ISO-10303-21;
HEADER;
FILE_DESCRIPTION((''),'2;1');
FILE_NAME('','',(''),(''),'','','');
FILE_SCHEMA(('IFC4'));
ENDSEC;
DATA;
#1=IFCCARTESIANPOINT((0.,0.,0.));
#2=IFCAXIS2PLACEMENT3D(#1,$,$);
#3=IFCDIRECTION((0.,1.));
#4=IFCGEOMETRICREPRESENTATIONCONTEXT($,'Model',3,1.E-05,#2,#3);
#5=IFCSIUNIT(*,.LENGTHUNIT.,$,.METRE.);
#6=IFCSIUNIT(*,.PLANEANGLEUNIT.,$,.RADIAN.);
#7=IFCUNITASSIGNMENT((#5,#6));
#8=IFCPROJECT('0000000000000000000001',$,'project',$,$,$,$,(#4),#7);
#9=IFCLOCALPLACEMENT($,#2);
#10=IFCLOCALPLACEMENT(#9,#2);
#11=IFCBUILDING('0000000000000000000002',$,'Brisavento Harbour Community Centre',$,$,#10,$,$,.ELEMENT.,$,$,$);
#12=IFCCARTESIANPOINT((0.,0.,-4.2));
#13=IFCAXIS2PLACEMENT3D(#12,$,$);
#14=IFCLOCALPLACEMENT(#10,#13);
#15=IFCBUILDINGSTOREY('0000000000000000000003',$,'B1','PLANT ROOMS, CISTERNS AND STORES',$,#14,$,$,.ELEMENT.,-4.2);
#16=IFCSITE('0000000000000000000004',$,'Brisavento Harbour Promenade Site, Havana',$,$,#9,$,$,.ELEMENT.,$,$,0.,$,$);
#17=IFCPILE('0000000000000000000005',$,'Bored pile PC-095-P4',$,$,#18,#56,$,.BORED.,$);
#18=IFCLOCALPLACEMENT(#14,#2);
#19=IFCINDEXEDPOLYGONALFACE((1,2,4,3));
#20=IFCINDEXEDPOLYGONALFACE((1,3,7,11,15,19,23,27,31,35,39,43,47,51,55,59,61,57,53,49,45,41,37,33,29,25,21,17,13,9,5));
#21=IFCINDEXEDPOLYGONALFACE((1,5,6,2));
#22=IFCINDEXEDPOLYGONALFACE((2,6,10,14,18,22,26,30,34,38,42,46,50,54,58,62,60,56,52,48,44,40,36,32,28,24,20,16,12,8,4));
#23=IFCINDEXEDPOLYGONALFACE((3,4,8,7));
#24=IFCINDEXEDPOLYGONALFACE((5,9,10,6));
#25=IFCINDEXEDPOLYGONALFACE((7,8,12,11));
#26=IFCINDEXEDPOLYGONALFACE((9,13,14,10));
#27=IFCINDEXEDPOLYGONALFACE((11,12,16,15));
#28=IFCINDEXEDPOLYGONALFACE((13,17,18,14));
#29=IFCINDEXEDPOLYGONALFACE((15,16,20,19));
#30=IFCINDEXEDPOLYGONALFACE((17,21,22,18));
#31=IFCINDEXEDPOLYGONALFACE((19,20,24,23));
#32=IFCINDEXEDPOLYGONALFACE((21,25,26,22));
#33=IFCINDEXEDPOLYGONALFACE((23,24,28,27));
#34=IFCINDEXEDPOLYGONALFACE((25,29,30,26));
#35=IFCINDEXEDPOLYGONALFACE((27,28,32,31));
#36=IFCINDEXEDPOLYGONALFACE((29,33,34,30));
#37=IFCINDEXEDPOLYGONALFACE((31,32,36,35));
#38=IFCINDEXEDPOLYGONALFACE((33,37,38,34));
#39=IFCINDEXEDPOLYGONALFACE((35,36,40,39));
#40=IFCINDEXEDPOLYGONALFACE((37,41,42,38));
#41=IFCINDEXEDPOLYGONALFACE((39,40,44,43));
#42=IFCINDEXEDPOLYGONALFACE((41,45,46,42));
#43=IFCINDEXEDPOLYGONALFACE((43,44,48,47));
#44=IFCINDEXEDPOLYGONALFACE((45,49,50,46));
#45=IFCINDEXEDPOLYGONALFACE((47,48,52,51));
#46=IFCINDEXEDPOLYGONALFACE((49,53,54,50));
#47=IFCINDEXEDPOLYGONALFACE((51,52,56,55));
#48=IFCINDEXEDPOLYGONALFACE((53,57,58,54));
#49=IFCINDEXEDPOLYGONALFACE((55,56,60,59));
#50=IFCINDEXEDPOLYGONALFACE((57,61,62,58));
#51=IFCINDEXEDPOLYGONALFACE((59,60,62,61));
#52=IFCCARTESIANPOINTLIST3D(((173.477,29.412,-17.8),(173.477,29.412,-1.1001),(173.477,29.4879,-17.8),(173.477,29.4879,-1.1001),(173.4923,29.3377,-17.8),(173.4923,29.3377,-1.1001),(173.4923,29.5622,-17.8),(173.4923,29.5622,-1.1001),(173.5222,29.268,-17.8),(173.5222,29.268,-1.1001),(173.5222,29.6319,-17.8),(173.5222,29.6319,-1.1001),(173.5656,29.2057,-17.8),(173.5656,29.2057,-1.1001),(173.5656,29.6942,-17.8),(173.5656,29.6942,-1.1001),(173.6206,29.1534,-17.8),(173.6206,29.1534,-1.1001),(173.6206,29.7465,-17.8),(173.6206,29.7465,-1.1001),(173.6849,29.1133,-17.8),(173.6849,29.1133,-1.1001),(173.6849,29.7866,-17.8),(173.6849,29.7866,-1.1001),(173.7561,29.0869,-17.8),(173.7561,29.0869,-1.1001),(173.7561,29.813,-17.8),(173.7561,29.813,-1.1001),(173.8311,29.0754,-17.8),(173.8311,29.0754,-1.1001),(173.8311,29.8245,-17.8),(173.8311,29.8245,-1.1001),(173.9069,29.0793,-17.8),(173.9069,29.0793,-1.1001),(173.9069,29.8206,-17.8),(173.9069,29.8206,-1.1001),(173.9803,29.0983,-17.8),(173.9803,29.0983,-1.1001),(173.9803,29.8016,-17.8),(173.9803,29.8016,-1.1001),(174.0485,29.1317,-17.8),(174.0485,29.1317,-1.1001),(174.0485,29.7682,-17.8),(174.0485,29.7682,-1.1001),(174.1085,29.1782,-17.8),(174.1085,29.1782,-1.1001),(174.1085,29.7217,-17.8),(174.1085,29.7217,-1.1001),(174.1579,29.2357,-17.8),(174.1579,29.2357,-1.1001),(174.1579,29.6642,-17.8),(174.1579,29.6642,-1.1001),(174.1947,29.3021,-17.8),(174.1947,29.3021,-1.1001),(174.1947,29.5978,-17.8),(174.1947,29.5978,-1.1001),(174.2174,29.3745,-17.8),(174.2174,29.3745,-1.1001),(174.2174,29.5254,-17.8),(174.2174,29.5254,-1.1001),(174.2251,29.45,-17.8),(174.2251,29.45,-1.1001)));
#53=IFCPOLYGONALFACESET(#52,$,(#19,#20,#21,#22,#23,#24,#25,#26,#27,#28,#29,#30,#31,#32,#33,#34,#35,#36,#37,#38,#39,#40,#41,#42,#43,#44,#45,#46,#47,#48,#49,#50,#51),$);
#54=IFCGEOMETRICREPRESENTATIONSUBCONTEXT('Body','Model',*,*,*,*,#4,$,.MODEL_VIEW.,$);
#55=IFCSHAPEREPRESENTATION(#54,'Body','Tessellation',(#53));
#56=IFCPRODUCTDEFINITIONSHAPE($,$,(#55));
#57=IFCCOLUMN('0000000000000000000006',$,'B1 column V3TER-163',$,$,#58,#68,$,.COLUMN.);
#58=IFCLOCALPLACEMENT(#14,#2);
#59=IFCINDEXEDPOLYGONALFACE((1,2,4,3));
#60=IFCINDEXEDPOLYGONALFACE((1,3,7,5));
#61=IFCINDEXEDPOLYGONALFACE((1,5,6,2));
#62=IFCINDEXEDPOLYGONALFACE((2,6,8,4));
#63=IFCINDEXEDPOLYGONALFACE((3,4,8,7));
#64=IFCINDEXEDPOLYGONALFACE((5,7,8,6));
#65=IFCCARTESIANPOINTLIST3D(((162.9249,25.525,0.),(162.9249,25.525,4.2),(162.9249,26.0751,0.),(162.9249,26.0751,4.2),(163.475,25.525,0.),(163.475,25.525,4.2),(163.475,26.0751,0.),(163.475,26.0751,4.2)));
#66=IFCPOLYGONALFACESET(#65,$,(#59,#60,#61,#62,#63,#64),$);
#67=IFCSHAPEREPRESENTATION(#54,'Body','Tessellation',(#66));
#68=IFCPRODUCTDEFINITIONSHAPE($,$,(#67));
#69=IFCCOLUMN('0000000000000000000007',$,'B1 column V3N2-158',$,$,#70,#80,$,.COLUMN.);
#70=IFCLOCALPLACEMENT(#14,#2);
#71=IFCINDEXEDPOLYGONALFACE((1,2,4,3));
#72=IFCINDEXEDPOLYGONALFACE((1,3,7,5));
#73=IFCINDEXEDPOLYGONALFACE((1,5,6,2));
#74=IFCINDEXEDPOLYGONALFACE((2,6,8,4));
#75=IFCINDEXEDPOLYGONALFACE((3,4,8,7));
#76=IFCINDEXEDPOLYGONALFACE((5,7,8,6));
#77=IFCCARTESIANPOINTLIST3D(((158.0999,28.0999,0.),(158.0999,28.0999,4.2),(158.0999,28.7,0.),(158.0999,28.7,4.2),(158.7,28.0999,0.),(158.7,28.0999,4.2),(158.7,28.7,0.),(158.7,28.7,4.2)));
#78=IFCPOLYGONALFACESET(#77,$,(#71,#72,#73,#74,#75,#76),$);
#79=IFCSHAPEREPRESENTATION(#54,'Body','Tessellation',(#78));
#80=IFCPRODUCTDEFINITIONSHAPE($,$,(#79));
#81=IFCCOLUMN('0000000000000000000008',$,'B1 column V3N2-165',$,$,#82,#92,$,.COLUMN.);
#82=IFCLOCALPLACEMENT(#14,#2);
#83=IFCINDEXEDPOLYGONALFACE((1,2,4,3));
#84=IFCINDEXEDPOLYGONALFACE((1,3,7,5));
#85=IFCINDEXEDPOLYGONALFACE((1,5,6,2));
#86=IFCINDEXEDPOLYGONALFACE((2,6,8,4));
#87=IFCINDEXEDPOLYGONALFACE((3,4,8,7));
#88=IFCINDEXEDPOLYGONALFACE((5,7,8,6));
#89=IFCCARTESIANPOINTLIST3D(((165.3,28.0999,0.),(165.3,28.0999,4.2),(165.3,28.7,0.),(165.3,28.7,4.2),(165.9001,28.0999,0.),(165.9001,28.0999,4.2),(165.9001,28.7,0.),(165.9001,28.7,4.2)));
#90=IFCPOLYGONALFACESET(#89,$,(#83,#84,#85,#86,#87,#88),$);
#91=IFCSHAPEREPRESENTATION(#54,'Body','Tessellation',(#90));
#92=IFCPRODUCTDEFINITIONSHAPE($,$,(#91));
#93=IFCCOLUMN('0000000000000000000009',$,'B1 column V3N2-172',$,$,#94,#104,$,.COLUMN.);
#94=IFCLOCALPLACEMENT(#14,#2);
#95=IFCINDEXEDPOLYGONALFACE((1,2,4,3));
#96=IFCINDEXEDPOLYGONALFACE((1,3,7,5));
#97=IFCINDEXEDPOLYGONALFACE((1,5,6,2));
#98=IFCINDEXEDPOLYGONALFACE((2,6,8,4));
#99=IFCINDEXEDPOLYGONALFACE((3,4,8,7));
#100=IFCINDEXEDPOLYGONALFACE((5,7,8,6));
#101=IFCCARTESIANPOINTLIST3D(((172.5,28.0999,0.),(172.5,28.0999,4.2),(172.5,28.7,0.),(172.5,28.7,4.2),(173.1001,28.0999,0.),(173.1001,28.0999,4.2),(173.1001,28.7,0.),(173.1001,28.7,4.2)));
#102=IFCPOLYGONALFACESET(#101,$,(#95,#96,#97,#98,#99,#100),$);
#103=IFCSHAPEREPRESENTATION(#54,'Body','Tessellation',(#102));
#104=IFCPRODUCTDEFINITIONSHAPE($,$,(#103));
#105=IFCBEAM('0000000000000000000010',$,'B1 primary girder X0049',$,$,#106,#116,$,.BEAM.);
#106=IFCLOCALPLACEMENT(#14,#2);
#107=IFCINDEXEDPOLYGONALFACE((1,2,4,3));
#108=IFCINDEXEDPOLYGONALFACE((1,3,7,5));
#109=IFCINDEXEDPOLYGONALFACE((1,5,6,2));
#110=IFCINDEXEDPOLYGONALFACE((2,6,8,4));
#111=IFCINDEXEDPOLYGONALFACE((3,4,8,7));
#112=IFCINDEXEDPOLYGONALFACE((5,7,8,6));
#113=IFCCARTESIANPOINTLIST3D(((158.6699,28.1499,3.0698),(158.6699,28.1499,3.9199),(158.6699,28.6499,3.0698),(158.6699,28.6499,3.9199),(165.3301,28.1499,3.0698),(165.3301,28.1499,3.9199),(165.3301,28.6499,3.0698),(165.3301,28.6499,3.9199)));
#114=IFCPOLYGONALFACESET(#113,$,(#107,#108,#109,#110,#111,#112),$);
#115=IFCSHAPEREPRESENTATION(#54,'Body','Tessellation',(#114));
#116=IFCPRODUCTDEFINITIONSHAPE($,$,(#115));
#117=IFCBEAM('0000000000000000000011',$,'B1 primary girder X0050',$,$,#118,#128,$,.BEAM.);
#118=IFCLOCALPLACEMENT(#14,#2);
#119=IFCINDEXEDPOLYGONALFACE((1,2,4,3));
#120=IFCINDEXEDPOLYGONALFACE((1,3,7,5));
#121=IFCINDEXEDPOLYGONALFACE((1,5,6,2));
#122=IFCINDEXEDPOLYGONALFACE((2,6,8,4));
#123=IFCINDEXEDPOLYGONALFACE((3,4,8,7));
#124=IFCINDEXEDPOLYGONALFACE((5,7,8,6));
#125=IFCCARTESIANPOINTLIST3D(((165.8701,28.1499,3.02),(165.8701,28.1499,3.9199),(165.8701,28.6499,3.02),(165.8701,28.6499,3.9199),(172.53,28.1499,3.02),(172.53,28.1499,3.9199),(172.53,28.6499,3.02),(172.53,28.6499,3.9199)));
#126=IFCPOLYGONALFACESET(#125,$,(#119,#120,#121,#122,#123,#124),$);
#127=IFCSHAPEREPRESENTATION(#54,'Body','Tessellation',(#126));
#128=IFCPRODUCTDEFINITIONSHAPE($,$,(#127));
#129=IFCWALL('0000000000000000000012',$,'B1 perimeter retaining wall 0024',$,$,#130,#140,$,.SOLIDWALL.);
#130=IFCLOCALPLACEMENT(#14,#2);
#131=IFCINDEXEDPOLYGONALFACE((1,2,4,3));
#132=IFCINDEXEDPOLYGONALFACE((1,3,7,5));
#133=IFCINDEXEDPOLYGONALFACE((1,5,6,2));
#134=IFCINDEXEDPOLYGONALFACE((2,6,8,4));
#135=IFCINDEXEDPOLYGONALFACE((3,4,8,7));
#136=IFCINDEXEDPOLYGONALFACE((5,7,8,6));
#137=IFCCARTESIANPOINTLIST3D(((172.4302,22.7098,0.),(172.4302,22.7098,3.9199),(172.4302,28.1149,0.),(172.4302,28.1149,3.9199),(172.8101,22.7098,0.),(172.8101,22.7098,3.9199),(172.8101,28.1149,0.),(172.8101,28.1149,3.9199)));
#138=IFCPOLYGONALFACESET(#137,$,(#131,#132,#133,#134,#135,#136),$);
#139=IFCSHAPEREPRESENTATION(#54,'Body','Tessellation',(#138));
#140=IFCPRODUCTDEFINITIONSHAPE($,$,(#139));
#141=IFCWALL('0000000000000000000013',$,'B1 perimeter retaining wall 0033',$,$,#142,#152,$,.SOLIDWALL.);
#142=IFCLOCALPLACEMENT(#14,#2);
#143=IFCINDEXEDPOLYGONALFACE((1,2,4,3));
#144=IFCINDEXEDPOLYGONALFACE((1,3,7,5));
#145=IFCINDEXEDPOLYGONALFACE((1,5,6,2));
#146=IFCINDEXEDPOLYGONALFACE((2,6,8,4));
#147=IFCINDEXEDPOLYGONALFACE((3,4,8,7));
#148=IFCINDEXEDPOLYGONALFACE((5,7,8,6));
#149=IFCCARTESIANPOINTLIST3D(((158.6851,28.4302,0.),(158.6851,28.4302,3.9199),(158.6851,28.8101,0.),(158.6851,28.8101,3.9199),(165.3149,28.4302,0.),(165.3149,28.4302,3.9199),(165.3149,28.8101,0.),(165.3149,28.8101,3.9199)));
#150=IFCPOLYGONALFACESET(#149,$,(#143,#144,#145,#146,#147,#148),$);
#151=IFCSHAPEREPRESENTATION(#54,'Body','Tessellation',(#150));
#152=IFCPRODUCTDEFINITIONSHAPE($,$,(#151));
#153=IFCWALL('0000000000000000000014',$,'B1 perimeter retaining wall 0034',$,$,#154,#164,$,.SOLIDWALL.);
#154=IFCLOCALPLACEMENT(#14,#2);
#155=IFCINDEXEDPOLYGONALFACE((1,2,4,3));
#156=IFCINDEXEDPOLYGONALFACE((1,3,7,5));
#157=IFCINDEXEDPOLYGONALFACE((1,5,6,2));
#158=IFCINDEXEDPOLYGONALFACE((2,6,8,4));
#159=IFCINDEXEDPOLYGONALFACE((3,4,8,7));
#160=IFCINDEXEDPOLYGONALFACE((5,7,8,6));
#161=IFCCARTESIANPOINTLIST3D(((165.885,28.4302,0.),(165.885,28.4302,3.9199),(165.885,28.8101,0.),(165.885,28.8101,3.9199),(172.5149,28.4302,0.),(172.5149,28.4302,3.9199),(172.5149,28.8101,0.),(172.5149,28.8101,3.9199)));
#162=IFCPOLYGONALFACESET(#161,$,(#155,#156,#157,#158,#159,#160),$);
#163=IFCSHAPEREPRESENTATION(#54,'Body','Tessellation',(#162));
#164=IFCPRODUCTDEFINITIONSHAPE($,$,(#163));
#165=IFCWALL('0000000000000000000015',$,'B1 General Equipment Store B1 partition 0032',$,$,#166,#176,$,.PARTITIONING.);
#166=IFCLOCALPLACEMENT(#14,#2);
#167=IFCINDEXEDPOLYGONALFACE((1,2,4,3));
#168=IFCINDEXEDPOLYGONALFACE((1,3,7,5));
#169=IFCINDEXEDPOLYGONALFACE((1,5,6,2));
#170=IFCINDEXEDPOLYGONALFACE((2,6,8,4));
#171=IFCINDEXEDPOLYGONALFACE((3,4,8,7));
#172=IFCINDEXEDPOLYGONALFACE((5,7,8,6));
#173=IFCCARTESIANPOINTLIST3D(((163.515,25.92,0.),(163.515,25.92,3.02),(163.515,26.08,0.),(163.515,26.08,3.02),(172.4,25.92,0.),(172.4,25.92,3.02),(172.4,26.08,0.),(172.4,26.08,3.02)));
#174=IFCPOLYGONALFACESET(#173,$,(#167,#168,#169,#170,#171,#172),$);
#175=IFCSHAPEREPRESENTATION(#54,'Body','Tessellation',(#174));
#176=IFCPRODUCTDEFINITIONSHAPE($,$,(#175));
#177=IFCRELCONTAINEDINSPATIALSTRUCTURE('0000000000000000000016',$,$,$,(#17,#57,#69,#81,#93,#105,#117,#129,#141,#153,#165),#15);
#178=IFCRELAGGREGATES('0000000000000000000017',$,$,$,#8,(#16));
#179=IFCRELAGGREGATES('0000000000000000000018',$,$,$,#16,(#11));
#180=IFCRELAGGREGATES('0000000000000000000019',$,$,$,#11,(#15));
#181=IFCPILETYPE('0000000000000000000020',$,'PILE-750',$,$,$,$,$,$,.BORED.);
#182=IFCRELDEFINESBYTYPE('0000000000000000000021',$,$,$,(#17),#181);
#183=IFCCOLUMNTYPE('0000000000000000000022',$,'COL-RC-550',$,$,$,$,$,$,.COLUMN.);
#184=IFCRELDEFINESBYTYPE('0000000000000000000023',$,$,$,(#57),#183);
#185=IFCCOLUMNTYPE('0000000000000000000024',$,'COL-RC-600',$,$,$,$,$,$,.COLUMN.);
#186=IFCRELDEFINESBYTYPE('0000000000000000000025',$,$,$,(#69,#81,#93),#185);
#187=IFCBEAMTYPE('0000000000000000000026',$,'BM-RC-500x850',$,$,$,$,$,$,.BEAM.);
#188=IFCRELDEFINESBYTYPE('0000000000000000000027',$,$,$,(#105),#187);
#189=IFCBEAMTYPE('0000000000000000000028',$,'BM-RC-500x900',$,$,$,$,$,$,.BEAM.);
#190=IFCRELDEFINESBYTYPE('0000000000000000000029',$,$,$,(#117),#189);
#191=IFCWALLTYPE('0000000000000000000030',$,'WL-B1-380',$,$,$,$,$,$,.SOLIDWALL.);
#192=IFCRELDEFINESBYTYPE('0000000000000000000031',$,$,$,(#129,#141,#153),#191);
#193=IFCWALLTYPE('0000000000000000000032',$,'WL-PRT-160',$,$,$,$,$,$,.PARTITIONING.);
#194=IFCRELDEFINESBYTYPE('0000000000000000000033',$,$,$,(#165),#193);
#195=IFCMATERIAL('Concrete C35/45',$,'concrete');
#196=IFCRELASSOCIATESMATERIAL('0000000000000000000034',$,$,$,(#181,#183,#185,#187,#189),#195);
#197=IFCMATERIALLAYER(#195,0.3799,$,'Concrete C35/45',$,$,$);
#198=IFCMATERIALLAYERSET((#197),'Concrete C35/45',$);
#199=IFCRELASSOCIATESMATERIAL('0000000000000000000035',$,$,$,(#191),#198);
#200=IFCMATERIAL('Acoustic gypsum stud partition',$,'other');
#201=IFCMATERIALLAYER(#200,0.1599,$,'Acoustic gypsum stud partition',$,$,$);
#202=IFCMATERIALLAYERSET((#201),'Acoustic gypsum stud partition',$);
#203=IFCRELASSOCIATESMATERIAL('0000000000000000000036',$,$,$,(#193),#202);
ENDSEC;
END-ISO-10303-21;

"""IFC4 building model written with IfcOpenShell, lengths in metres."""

from ifc_helpers import new_model, si_unit, direction, frame, frame_2d, origin, origin_2d, place, context, subcontext, project, spatial, rectangle, circle, extrude, material, layer, layer_set, material_profile, profile_set, type_object, element, save


model = new_model("IFC4")

# Units and contexts
model_context = context("Model", 3, precision=1e-05, world=origin(), true_north=direction((0.0, 1.0)))
body_context = subcontext(model_context, "Body", "Model", "MODEL_VIEW")
ifc_project = project(units=[si_unit("LENGTHUNIT", "METRE"), si_unit("PLANEANGLEUNIT", "RADIAN")], contexts=[model_context])

# Site, building, storey
site_placement = place(None, origin())
site = spatial("IfcSite", under=ifc_project, at=site_placement, Name="Brisavento Harbour Promenade Site, Havana", CompositionType="ELEMENT", RefElevation=0.0)
building_placement = place(site_placement, origin())
building = spatial("IfcBuilding", under=site, at=building_placement, Name="Brisavento Harbour Community Centre", CompositionType="ELEMENT")
storey_placement = place(building_placement, frame((0.0, 0.0, -4.2)))
storey = spatial("IfcBuildingStorey", under=building, at=storey_placement, Name="B1", Description="PLANT ROOMS, CISTERNS AND STORES", CompositionType="ELEMENT", Elevation=-4.2)

# Shared definitions
ifc_material_1 = material(Name="Concrete C35/45", Category="concrete")

# Pile
ifc_material_profile_1 = material_profile(ifc_material_1, circle(Radius=0.375, at=origin_2d()), Name="Concrete C35/45")
ifc_profile_set_1 = profile_set([ifc_material_profile_1], Name="Concrete C35/45")
pile_type_1 = type_object("IfcPileType", Name="PILE-750", PredefinedType="BORED", material=ifc_profile_set_1)
for number, where, z_axis, x_axis, name in (
    (1, (173.8501, 29.45, -1.1001), (0.0, 0.0, -1.0), (1.0, 0.0, 0.0), "Bored pile PC-095-P4"),
):
    element("IfcPile", number, at=place(storey_placement, frame(where, z_axis=z_axis, x_axis=x_axis)), inside=storey, type_object=pile_type_1, Name=name, PredefinedType="BORED", context=body_context, shape_type="SweptSolid", body=[
        extrude(circle(Radius=0.375, at=origin_2d()), origin(), (0.0, 0.0, 1.0), 16.7),
    ])

# Columns
ifc_material_profile_2 = material_profile(ifc_material_1, rectangle(XDim=0.55, YDim=0.55, at=origin_2d()), Name="Concrete C35/45")
ifc_profile_set_2 = profile_set([ifc_material_profile_2], Name="Concrete C35/45")
column_type_1 = type_object("IfcColumnType", Name="COL-RC-550", PredefinedType="COLUMN", material=ifc_profile_set_2)
column_placement = place(storey_placement, frame((163.2, 25.8, 0.0), z_axis=(0.0, 0.0, 1.0), x_axis=(1.0, 0.0, 0.0)))
element("IfcColumn", 2, at=column_placement, inside=storey, type_object=column_type_1, Name="B1 column V3TER-163", PredefinedType="COLUMN", context=body_context, shape_type="SweptSolid", body=[
    extrude(rectangle(XDim=0.55, YDim=0.55, at=origin_2d()), origin(), (0.0, 0.0, 1.0), 4.2),
])
ifc_material_profile_3 = material_profile(ifc_material_1, rectangle(XDim=0.6001, YDim=0.6001, at=origin_2d()), Name="Concrete C35/45")
ifc_profile_set_3 = profile_set([ifc_material_profile_3], Name="Concrete C35/45")
column_type_2 = type_object("IfcColumnType", Name="COL-RC-600", PredefinedType="COLUMN", material=ifc_profile_set_3)
for number, where, z_axis, x_axis, name in (
    (3, (158.3999, 28.3999, 0.0), (0.0, 0.0, 1.0), (1.0, 0.0, 0.0), "B1 column V3N2-158"),
    (4, (165.6001, 28.3999, 0.0), (0.0, 0.0, 1.0), (1.0, 0.0, 0.0), "B1 column V3N2-165"),
    (5, (172.8, 28.3999, 0.0), (0.0, 0.0, 1.0), (1.0, 0.0, 0.0), "B1 column V3N2-172"),
):
    element("IfcColumn", number, at=place(storey_placement, frame(where, z_axis=z_axis, x_axis=x_axis)), inside=storey, type_object=column_type_2, Name=name, PredefinedType="COLUMN", context=body_context, shape_type="SweptSolid", body=[
        extrude(rectangle(XDim=0.6001, YDim=0.6001, at=origin_2d()), origin(), (0.0, 0.0, 1.0), 4.2),
    ])

# Beams
ifc_material_profile_4 = material_profile(ifc_material_1, rectangle(XDim=0.5, YDim=0.8501, at=origin_2d()), Name="Concrete C35/45")
ifc_profile_set_4 = profile_set([ifc_material_profile_4], Name="Concrete C35/45")
beam_type_1 = type_object("IfcBeamType", Name="BM-RC-500x850", PredefinedType="BEAM", material=ifc_profile_set_4)
beam_1_placement = place(storey_placement, frame((158.6699, 28.3999, 3.4949), z_axis=(1.0, 0.0, 0.0), x_axis=(0.0, 1.0, 0.0)))
element("IfcBeam", 6, at=beam_1_placement, inside=storey, type_object=beam_type_1, Name="B1 primary girder X0049", PredefinedType="BEAM", context=body_context, shape_type="SweptSolid", body=[
    extrude(rectangle(XDim=0.5, YDim=0.8501, at=origin_2d()), origin(), (0.0, 0.0, 1.0), 6.6602),
])
ifc_material_profile_5 = material_profile(ifc_material_1, rectangle(XDim=0.5, YDim=0.8999, at=origin_2d()), Name="Concrete C35/45")
ifc_profile_set_5 = profile_set([ifc_material_profile_5], Name="Concrete C35/45")
beam_type_2 = type_object("IfcBeamType", Name="BM-RC-500x900", PredefinedType="BEAM", material=ifc_profile_set_5)
beam_2_placement = place(storey_placement, frame((165.8701, 28.3999, 3.47), z_axis=(1.0, 0.0, 0.0), x_axis=(0.0, 1.0, 0.0)))
element("IfcBeam", 7, at=beam_2_placement, inside=storey, type_object=beam_type_2, Name="B1 primary girder X0050", PredefinedType="BEAM", context=body_context, shape_type="SweptSolid", body=[
    extrude(rectangle(XDim=0.5, YDim=0.8999, at=origin_2d()), origin(), (0.0, 0.0, 1.0), 6.6599),
])

# Walls
ifc_layer_1 = layer(ifc_material_1, 0.3799, Name="Concrete C35/45")
ifc_layer_set_1 = layer_set([ifc_layer_1], Name="Concrete C35/45")
wall_type_1 = type_object("IfcWallType", Name="WL-B1-380", PredefinedType="SOLIDWALL", material=ifc_layer_set_1)
wall_1_placement = place(storey_placement, frame((172.6201, 28.115, 0.0), z_axis=(0.0, 0.0, 1.0), x_axis=(0.0, -1.0, 0.0)))
element("IfcWall", 8, at=wall_1_placement, inside=storey, type_object=wall_type_1, Name="B1 perimeter retaining wall 0024", PredefinedType="SOLIDWALL", context=body_context, shape_type="SweptSolid", body=[
    extrude(rectangle(XDim=5.405, YDim=0.3799, at=frame_2d((2.7026, 0.0))), origin(), (0.0, 0.0, 1.0), 3.9199),
])
for number, where, z_axis, x_axis, name in (
    (9, (158.6851, 28.6201, 0.0), (0.0, 0.0, 1.0), (1.0, 0.0, 0.0), "B1 perimeter retaining wall 0033"),
    (10, (165.885, 28.6201, 0.0), (0.0, 0.0, 1.0), (1.0, 0.0, 0.0), "B1 perimeter retaining wall 0034"),
):
    element("IfcWall", number, at=place(storey_placement, frame(where, z_axis=z_axis, x_axis=x_axis)), inside=storey, type_object=wall_type_1, Name=name, PredefinedType="SOLIDWALL", context=body_context, shape_type="SweptSolid", body=[
        extrude(rectangle(XDim=6.6299, YDim=0.3799, at=frame_2d((3.3149, 0.0))), origin(), (0.0, 0.0, 1.0), 3.9199),
    ])
ifc_material_2 = material(Name="Acoustic gypsum stud partition", Category="other")
ifc_layer_2 = layer(ifc_material_2, 0.1599, Name="Acoustic gypsum stud partition")
ifc_layer_set_2 = layer_set([ifc_layer_2], Name="Acoustic gypsum stud partition")
wall_type_2 = type_object("IfcWallType", Name="WL-PRT-160", PredefinedType="PARTITIONING", material=ifc_layer_set_2)
wall_2_placement = place(storey_placement, frame((172.3999, 26.0, 0.0), z_axis=(0.0, 0.0, 1.0), x_axis=(-1.0, 0.0, 0.0)))
element("IfcWall", 11, at=wall_2_placement, inside=storey, type_object=wall_type_2, Name="B1 General Equipment Store B1 partition 0032", PredefinedType="PARTITIONING", context=body_context, shape_type="SweptSolid", body=[
    extrude(rectangle(XDim=8.885, YDim=0.1599, at=frame_2d((4.4424, 0.0))), origin(), (0.0, 0.0, 1.0), 3.02),
])

save(model, "model.ifc")
